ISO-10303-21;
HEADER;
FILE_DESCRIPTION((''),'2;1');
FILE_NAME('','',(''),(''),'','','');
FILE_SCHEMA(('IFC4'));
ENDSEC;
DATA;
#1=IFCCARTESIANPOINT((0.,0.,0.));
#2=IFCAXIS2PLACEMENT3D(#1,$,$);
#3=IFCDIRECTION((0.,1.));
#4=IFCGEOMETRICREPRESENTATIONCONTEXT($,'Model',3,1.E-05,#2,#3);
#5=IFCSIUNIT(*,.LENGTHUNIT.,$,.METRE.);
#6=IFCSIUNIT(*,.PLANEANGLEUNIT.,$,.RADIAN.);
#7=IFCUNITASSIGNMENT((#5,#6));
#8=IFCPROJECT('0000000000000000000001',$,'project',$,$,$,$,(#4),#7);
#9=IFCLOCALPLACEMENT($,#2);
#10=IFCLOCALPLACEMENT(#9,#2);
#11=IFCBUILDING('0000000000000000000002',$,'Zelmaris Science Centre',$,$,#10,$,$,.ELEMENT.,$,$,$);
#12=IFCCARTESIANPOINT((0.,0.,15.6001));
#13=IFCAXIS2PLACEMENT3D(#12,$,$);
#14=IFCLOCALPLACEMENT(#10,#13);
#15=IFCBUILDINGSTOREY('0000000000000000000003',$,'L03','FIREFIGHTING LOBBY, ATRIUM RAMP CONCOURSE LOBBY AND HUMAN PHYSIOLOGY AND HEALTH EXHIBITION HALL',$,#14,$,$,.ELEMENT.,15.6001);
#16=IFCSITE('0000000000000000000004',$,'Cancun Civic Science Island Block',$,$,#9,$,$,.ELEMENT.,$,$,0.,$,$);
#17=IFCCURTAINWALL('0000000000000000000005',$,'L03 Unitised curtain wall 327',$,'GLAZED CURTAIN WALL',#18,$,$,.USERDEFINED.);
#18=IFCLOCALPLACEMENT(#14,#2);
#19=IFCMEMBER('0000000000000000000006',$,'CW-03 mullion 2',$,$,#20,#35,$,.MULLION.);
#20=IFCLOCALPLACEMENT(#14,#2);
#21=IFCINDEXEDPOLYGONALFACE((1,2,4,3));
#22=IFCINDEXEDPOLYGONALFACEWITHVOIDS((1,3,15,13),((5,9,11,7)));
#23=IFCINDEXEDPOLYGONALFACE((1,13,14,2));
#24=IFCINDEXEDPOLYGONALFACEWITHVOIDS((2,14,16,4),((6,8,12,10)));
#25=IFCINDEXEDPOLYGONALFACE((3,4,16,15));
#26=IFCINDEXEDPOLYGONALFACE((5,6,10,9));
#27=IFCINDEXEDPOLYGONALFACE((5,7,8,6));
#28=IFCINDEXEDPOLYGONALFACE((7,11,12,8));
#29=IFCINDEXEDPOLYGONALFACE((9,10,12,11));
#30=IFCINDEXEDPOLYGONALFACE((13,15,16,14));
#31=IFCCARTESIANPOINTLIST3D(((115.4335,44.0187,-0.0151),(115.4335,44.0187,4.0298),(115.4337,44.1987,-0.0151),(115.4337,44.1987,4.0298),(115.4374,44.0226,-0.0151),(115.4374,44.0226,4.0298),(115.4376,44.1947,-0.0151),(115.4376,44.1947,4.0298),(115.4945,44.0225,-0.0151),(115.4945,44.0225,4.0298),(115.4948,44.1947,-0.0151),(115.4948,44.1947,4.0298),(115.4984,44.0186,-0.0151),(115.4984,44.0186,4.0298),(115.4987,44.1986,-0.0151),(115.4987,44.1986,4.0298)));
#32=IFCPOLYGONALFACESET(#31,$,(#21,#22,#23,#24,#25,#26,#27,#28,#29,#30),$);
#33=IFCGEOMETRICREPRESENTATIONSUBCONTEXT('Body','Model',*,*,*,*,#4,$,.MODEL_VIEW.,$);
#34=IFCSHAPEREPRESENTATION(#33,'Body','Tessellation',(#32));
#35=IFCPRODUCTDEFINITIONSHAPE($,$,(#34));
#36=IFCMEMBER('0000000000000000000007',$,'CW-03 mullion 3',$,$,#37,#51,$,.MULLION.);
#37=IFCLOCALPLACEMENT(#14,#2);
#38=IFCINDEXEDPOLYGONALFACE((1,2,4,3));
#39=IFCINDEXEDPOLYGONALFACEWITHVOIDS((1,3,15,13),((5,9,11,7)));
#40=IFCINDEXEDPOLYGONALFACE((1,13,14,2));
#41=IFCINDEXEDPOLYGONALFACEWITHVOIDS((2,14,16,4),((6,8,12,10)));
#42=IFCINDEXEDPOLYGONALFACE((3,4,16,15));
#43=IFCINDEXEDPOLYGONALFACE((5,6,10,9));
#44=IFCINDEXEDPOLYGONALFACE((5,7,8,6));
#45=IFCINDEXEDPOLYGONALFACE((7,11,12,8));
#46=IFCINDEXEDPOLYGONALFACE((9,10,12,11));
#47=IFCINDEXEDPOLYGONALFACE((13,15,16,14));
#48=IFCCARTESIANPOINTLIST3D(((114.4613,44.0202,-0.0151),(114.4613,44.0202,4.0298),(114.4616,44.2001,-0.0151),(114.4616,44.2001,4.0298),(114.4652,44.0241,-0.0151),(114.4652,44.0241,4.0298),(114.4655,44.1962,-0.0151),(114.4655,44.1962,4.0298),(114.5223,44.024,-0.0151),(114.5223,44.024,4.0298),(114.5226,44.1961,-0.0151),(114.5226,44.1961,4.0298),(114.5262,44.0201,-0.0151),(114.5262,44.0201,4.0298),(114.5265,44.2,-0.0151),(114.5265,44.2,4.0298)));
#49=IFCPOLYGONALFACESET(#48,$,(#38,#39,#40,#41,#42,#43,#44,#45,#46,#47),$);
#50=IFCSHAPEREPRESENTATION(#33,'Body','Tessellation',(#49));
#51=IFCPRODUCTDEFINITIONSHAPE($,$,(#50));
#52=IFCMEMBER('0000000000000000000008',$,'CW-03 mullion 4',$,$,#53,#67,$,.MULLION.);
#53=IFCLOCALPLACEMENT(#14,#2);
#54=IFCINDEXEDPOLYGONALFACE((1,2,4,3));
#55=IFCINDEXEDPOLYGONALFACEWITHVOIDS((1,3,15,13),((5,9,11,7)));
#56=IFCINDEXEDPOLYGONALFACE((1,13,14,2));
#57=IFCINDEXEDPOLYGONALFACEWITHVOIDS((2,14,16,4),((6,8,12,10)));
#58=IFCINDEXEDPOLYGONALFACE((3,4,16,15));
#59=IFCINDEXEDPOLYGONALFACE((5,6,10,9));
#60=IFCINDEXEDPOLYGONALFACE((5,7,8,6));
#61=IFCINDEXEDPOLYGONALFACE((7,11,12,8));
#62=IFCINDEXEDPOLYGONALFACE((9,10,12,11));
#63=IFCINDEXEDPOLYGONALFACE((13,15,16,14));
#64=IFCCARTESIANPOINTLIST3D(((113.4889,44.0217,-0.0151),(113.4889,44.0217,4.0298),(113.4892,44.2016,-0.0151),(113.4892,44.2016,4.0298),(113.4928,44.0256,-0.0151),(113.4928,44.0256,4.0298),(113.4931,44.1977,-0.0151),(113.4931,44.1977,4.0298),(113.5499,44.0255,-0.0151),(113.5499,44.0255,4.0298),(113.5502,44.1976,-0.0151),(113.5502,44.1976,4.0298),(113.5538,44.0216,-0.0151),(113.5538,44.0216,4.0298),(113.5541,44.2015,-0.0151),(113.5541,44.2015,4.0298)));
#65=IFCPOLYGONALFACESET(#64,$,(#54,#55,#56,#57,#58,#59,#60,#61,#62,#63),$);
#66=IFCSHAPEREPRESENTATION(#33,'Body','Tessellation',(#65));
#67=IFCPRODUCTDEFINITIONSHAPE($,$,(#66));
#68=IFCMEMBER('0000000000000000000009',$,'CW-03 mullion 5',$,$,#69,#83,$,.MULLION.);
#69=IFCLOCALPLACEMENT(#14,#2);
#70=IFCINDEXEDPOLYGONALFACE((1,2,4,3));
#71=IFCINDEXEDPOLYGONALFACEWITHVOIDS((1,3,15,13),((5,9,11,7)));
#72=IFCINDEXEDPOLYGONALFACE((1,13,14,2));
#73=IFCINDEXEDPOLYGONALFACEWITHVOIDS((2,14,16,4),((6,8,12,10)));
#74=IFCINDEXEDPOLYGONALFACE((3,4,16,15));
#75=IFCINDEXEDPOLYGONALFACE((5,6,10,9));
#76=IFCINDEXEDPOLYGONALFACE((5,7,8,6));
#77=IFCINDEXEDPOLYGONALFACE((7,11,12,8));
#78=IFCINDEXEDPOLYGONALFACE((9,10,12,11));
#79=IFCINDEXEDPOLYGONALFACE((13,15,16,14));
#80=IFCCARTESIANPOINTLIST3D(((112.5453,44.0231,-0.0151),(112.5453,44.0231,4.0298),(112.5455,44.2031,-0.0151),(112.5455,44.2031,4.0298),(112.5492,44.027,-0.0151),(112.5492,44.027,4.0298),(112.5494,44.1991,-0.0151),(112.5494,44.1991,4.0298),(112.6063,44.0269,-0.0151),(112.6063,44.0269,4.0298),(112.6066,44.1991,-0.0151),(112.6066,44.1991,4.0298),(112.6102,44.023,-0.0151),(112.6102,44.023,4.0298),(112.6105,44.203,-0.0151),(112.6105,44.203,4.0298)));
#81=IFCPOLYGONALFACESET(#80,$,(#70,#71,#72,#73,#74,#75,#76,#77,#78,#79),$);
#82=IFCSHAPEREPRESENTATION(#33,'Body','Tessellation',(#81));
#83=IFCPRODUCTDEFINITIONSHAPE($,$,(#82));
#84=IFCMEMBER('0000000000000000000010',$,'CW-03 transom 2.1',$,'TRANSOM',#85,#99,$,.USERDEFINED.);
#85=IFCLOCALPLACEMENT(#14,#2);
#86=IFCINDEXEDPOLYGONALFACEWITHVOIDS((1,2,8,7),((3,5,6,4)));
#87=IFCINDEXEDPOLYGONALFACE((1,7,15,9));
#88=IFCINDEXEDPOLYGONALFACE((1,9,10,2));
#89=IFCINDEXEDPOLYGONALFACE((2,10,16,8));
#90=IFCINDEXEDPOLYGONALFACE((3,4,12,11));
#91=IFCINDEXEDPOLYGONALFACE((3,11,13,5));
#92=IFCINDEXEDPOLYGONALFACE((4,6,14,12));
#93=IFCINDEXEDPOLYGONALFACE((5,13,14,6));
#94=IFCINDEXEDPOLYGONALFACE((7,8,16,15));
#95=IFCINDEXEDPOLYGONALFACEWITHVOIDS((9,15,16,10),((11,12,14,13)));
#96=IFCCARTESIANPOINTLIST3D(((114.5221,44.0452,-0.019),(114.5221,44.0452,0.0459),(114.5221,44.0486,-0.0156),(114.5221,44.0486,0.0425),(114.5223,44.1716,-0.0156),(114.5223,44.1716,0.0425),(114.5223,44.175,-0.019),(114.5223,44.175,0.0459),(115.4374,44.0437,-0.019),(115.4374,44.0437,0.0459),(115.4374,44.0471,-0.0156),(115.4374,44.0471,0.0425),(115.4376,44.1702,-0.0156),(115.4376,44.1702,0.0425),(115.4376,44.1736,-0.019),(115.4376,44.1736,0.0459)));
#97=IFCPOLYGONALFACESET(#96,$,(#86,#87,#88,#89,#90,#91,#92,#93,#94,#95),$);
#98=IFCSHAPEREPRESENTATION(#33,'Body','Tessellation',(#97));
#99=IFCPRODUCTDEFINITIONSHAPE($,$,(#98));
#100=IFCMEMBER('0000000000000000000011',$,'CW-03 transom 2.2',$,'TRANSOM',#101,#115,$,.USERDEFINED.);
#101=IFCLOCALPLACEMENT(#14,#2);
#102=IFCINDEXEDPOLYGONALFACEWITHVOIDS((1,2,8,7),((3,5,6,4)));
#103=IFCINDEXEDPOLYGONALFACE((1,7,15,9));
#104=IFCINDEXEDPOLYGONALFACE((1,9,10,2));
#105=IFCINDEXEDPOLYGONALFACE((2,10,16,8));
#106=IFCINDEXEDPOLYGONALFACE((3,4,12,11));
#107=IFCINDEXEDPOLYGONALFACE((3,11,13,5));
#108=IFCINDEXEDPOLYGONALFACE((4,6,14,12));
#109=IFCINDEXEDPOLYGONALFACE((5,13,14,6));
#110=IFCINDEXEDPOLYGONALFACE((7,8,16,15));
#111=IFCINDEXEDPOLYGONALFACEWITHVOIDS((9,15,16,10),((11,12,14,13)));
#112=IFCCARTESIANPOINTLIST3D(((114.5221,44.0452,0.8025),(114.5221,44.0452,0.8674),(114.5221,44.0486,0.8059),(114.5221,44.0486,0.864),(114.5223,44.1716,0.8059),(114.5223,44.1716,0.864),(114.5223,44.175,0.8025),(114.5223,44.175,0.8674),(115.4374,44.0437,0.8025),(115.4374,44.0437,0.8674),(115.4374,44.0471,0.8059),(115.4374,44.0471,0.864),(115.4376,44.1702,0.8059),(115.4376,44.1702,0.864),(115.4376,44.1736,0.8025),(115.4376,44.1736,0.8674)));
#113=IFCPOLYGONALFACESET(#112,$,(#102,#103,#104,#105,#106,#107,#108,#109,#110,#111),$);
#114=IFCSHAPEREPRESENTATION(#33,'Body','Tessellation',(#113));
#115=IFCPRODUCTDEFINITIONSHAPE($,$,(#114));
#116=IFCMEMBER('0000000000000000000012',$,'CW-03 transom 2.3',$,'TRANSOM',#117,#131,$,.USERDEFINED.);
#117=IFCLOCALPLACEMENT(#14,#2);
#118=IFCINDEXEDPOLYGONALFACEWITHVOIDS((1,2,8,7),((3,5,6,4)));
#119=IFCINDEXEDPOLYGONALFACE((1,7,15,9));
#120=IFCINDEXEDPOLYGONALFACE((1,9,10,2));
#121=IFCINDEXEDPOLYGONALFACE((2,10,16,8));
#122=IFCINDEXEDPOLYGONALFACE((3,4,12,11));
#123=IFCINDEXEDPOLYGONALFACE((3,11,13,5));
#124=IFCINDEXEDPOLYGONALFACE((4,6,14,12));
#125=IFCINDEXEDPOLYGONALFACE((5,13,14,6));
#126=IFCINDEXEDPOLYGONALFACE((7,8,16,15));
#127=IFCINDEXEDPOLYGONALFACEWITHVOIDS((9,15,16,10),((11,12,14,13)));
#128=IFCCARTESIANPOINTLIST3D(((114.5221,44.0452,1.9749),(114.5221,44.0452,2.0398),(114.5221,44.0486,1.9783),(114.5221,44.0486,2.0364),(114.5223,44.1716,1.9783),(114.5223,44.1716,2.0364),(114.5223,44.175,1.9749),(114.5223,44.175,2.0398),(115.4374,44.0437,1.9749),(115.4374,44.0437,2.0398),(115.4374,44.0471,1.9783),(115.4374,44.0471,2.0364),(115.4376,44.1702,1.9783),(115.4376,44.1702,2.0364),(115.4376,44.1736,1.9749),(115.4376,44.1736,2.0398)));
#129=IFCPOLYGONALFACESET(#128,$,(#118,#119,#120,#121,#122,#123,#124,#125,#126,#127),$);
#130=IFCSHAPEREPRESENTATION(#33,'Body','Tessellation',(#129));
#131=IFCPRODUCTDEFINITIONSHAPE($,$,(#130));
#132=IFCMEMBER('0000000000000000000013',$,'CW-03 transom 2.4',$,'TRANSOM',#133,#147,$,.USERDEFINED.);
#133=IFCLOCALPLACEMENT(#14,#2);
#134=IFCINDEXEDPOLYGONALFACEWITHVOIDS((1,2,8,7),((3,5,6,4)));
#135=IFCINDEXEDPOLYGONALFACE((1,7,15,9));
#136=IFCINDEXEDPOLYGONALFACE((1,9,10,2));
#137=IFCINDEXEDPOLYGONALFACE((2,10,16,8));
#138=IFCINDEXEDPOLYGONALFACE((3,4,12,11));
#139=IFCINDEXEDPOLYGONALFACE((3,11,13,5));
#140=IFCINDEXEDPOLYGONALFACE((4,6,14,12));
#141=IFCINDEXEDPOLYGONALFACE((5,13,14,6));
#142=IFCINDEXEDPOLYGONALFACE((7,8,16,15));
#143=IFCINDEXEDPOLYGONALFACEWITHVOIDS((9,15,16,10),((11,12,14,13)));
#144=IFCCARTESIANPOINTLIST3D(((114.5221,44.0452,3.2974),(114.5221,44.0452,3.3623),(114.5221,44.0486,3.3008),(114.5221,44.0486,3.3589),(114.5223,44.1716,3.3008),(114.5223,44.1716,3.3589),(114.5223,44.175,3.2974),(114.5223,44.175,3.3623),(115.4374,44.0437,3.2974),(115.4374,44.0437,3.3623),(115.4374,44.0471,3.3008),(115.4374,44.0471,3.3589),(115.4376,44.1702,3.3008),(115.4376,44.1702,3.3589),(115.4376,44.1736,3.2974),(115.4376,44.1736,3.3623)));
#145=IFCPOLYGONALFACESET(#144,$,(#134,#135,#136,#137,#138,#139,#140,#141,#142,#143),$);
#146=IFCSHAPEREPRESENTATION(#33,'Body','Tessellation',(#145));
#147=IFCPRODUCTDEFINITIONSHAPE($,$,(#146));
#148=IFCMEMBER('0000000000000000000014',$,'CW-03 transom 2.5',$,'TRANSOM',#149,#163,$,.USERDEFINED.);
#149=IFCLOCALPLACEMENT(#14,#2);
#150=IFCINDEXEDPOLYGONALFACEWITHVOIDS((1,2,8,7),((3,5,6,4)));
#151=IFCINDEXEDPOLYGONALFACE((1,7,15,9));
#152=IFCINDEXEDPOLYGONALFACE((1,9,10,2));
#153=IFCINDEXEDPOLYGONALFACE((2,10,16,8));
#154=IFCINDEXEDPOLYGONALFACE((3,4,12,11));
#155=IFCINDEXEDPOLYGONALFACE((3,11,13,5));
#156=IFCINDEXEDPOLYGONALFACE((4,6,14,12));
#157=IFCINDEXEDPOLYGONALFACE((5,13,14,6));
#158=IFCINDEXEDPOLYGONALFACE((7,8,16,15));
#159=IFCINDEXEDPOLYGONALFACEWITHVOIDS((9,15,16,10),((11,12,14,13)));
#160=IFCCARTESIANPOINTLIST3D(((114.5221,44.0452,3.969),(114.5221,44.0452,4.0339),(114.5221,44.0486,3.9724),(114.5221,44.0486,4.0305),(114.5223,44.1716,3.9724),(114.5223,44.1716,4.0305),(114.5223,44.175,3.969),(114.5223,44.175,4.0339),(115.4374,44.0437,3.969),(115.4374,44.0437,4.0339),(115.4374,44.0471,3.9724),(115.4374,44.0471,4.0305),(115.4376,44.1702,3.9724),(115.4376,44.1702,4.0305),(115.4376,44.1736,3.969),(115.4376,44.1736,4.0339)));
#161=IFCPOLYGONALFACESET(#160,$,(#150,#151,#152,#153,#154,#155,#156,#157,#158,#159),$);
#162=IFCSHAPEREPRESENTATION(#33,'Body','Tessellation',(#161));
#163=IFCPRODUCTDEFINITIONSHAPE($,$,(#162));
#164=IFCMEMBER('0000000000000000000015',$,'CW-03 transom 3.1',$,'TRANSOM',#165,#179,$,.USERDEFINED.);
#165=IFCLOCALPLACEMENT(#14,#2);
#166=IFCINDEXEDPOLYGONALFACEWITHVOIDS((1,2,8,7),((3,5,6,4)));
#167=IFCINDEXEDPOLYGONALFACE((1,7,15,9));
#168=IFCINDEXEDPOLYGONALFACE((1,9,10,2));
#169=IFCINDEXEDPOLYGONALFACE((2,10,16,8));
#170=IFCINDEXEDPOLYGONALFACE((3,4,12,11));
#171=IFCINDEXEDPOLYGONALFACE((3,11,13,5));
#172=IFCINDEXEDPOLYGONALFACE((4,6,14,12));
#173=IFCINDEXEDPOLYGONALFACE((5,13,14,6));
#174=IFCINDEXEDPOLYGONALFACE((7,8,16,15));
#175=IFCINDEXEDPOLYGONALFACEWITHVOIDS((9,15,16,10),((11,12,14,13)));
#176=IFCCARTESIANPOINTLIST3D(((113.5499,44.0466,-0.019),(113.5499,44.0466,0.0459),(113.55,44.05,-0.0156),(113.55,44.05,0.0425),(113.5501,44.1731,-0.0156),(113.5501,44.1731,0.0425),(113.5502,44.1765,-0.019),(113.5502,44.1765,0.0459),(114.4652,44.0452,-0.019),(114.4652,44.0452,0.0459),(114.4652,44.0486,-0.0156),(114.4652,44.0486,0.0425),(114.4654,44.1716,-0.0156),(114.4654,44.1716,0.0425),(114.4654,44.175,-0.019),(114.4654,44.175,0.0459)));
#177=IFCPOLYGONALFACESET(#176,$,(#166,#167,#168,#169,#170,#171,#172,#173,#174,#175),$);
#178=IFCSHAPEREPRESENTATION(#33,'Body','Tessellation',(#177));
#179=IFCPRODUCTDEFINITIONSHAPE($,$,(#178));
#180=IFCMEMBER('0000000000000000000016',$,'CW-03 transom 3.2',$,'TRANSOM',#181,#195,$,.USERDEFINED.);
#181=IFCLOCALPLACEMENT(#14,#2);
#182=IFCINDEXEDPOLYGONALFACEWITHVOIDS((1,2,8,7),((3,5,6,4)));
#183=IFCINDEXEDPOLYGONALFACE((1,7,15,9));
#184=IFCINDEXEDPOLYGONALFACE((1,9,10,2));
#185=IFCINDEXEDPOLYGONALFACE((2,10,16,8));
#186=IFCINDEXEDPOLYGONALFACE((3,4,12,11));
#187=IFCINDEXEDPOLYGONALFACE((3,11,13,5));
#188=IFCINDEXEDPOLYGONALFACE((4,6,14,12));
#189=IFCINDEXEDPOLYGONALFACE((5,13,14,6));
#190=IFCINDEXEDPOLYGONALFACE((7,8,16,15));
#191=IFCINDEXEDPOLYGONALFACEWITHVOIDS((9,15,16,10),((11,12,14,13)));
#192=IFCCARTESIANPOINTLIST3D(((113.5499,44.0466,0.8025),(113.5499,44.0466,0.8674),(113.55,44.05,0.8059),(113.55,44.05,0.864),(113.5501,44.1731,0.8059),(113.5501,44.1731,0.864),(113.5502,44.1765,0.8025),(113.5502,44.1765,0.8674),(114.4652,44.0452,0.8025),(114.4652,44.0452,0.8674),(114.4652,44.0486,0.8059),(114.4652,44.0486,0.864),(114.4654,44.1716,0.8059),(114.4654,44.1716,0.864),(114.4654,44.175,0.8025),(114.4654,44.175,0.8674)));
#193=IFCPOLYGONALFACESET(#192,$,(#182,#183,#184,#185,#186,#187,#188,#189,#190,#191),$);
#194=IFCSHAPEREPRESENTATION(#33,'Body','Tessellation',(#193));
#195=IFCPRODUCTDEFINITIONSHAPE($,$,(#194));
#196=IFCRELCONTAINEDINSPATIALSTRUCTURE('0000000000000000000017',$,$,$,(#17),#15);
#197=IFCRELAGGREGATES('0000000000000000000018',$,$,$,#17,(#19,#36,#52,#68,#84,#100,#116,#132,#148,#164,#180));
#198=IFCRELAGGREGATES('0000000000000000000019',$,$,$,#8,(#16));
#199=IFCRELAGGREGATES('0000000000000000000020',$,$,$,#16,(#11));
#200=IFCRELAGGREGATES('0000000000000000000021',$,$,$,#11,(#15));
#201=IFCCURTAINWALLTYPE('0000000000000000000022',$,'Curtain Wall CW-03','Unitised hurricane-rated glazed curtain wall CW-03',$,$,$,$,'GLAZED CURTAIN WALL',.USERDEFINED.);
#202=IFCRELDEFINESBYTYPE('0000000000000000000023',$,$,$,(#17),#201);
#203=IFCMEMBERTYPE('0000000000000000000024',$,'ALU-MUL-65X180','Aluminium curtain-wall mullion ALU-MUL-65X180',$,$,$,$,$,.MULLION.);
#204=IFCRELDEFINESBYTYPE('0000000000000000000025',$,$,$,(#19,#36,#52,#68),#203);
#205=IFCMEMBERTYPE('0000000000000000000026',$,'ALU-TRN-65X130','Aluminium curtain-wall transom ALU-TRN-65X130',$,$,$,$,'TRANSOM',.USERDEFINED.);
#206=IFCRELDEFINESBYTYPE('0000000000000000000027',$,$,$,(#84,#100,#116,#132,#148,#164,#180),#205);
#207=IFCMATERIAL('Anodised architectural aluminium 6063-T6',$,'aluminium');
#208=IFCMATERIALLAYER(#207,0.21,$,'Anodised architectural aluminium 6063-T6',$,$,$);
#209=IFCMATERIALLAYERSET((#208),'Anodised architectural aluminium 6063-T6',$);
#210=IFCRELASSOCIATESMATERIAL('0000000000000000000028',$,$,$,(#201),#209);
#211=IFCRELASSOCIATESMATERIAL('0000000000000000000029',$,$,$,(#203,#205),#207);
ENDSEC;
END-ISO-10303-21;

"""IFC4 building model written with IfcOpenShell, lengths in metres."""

from ifc_helpers import new_model, si_unit, direction, frame, origin, origin_2d, place, context, subcontext, project, spatial, hollow_rectangle, extrude, material, layer, layer_set, material_profile, profile_set, type_object, element, aggregate, save


model = new_model("IFC4")

# Units and contexts
model_context = context("Model", 3, precision=1e-05, world=origin(), true_north=direction((0.0, 1.0)))
body_context = subcontext(model_context, "Body", "Model", "MODEL_VIEW")
ifc_project = project(units=[si_unit("LENGTHUNIT", "METRE"), si_unit("PLANEANGLEUNIT", "RADIAN")], contexts=[model_context])

# Site, building, storey
site_placement = place(None, origin())
site = spatial("IfcSite", under=ifc_project, at=site_placement, Name="Cancun Civic Science Island Block", CompositionType="ELEMENT", RefElevation=0.0)
building_placement = place(site_placement, origin())
building = spatial("IfcBuilding", under=site, at=building_placement, Name="Zelmaris Science Centre", CompositionType="ELEMENT")
storey_placement = place(building_placement, frame((0.0, 0.0, 15.6001)))
storey = spatial("IfcBuildingStorey", under=building, at=storey_placement, Name="L03", Description="FIREFIGHTING LOBBY, ATRIUM RAMP CONCOURSE LOBBY AND HUMAN PHYSIOLOGY AND HEALTH EXHIBITION HALL", CompositionType="ELEMENT", Elevation=15.6001)

# Curtain wall, members
ifc_material_1 = material(Name="Anodised architectural aluminium 6063-T6", Category="aluminium")
ifc_layer_1 = layer(ifc_material_1, 0.21, Name="Anodised architectural aluminium 6063-T6")
ifc_layer_set_1 = layer_set([ifc_layer_1], Name="Anodised architectural aluminium 6063-T6")
curtain_wall_type = type_object("IfcCurtainWallType", Name="Curtain Wall CW-03", Description="Unitised hurricane-rated glazed curtain wall CW-03", ElementType="GLAZED CURTAIN WALL", PredefinedType="USERDEFINED", material=ifc_layer_set_1)
curtain_wall_placement = place(storey_placement, origin())
curtain_wall = element("IfcCurtainWall", 1, at=curtain_wall_placement, inside=storey, type_object=curtain_wall_type, Name="L03 Unitised curtain wall 327", ObjectType="GLAZED CURTAIN WALL", PredefinedType="USERDEFINED")
ifc_material_profile_1 = material_profile(ifc_material_1, hollow_rectangle(XDim=0.0649, YDim=0.1799, WallThickness=0.0039, at=origin_2d()), Name="ALU-MUL-65X180")
ifc_profile_set_1 = profile_set([ifc_material_profile_1], Name="Anodised architectural aluminium 6063-T6")
member_type_1 = type_object("IfcMemberType", Name="ALU-MUL-65X180", Description="Aluminium curtain-wall mullion ALU-MUL-65X180", PredefinedType="MULLION", material=ifc_profile_set_1)
member_1_placement = place(storey_placement, frame((115.4661, 44.1086, -0.0151), z_axis=(0.0, 0.0, 1.0), x_axis=(-0.999999, 0.001525, 0.0)))
member_1 = element("IfcMember", 2, at=member_1_placement, type_object=member_type_1, Name="CW-03 mullion 2", PredefinedType="MULLION", context=body_context, shape_type="SweptSolid", body=[
    extrude(hollow_rectangle(XDim=0.0649, YDim=0.1799, WallThickness=0.0039, at=origin_2d()), origin(), (0.0, 0.0, 1.0), 4.0449),
])
member_2_placement = place(storey_placement, frame((114.4939, 44.1101, -0.0151), z_axis=(0.0, 0.0, 1.0), x_axis=(-0.999999, 0.001525, 0.0)))
member_2 = element("IfcMember", 3, at=member_2_placement, type_object=member_type_1, Name="CW-03 mullion 3", PredefinedType="MULLION", context=body_context, shape_type="SweptSolid", body=[
    extrude(hollow_rectangle(XDim=0.0649, YDim=0.1799, WallThickness=0.0039, at=origin_2d()), origin(), (0.0, 0.0, 1.0), 4.0449),
])
member_3_placement = place(storey_placement, frame((113.5215, 44.1116, -0.0151), z_axis=(0.0, 0.0, 1.0), x_axis=(-0.999999, 0.001525, 0.0)))
member_3 = element("IfcMember", 4, at=member_3_placement, type_object=member_type_1, Name="CW-03 mullion 4", PredefinedType="MULLION", context=body_context, shape_type="SweptSolid", body=[
    extrude(hollow_rectangle(XDim=0.0649, YDim=0.1799, WallThickness=0.0039, at=origin_2d()), origin(), (0.0, 0.0, 1.0), 4.0449),
])
member_4_placement = place(storey_placement, frame((112.5779, 44.113, -0.0151), z_axis=(0.0, 0.0, 1.0), x_axis=(-0.999999, 0.001525, 0.0)))
member_4 = element("IfcMember", 5, at=member_4_placement, type_object=member_type_1, Name="CW-03 mullion 5", PredefinedType="MULLION", context=body_context, shape_type="SweptSolid", body=[
    extrude(hollow_rectangle(XDim=0.0649, YDim=0.1799, WallThickness=0.0039, at=origin_2d()), origin(), (0.0, 0.0, 1.0), 4.0449),
])
ifc_material_profile_2 = material_profile(ifc_material_1, hollow_rectangle(XDim=0.0649, YDim=0.1299, WallThickness=0.0034, at=origin_2d()), Name="ALU-TRN-65X130")
ifc_profile_set_2 = profile_set([ifc_material_profile_2], Name="Anodised architectural aluminium 6063-T6")
member_type_2 = type_object("IfcMemberType", Name="ALU-TRN-65X130", Description="Aluminium curtain-wall transom ALU-TRN-65X130", ElementType="TRANSOM", PredefinedType="USERDEFINED", material=ifc_profile_set_2)
member_5_placement = place(storey_placement, frame((115.4375, 44.1086, 0.0134), z_axis=(-0.999999, 0.0016, 0.0), x_axis=(0.0, 0.0, 1.0)))
member_5 = element("IfcMember", 6, at=member_5_placement, type_object=member_type_2, Name="CW-03 transom 2.1", ObjectType="TRANSOM", PredefinedType="USERDEFINED", context=body_context, shape_type="SweptSolid", body=[
    extrude(hollow_rectangle(XDim=0.0649, YDim=0.1299, WallThickness=0.0034, at=origin_2d()), origin(), (0.0, 0.0, 1.0), 0.9153),
])
member_6_placement = place(storey_placement, frame((115.4375, 44.1086, 0.835), z_axis=(-0.999999, 0.0016, 0.0), x_axis=(0.0, 0.0, 1.0)))
member_6 = element("IfcMember", 7, at=member_6_placement, type_object=member_type_2, Name="CW-03 transom 2.2", ObjectType="TRANSOM", PredefinedType="USERDEFINED", context=body_context, shape_type="SweptSolid", body=[
    extrude(hollow_rectangle(XDim=0.0649, YDim=0.1299, WallThickness=0.0034, at=origin_2d()), origin(), (0.0, 0.0, 1.0), 0.9153),
])
member_7_placement = place(storey_placement, frame((115.4375, 44.1086, 2.0073), z_axis=(-0.999999, 0.0016, 0.0), x_axis=(0.0, 0.0, 1.0)))
member_7 = element("IfcMember", 8, at=member_7_placement, type_object=member_type_2, Name="CW-03 transom 2.3", ObjectType="TRANSOM", PredefinedType="USERDEFINED", context=body_context, shape_type="SweptSolid", body=[
    extrude(hollow_rectangle(XDim=0.0649, YDim=0.1299, WallThickness=0.0034, at=origin_2d()), origin(), (0.0, 0.0, 1.0), 0.9153),
])
member_8_placement = place(storey_placement, frame((115.4375, 44.1086, 3.3298), z_axis=(-0.999999, 0.0016, 0.0), x_axis=(0.0, 0.0, 1.0)))
member_8 = element("IfcMember", 9, at=member_8_placement, type_object=member_type_2, Name="CW-03 transom 2.4", ObjectType="TRANSOM", PredefinedType="USERDEFINED", context=body_context, shape_type="SweptSolid", body=[
    extrude(hollow_rectangle(XDim=0.0649, YDim=0.1299, WallThickness=0.0034, at=origin_2d()), origin(), (0.0, 0.0, 1.0), 0.9153),
])
member_9_placement = place(storey_placement, frame((115.4375, 44.1086, 4.0015), z_axis=(-0.999999, 0.0016, 0.0), x_axis=(0.0, 0.0, 1.0)))
member_9 = element("IfcMember", 10, at=member_9_placement, type_object=member_type_2, Name="CW-03 transom 2.5", ObjectType="TRANSOM", PredefinedType="USERDEFINED", context=body_context, shape_type="SweptSolid", body=[
    extrude(hollow_rectangle(XDim=0.0649, YDim=0.1299, WallThickness=0.0034, at=origin_2d()), origin(), (0.0, 0.0, 1.0), 0.9153),
])
member_10_placement = place(storey_placement, frame((114.4653, 44.1101, 0.0134), z_axis=(-0.999999, 0.0016, 0.0), x_axis=(0.0, 0.0, 1.0)))
member_10 = element("IfcMember", 11, at=member_10_placement, type_object=member_type_2, Name="CW-03 transom 3.1", ObjectType="TRANSOM", PredefinedType="USERDEFINED", context=body_context, shape_type="SweptSolid", body=[
    extrude(hollow_rectangle(XDim=0.0649, YDim=0.1299, WallThickness=0.0034, at=origin_2d()), origin(), (0.0, 0.0, 1.0), 0.9153),
])
member_11_placement = place(storey_placement, frame((114.4653, 44.1101, 0.835), z_axis=(-0.999999, 0.0016, 0.0), x_axis=(0.0, 0.0, 1.0)))
member_11 = element("IfcMember", 12, at=member_11_placement, type_object=member_type_2, Name="CW-03 transom 3.2", ObjectType="TRANSOM", PredefinedType="USERDEFINED", context=body_context, shape_type="SweptSolid", body=[
    extrude(hollow_rectangle(XDim=0.0649, YDim=0.1299, WallThickness=0.0034, at=origin_2d()), origin(), (0.0, 0.0, 1.0), 0.9153),
])

aggregate(curtain_wall, [member_1, member_2, member_3, member_4, member_5, member_6, member_7, member_8, member_9, member_10, member_11])

save(model, "model.ifc")
